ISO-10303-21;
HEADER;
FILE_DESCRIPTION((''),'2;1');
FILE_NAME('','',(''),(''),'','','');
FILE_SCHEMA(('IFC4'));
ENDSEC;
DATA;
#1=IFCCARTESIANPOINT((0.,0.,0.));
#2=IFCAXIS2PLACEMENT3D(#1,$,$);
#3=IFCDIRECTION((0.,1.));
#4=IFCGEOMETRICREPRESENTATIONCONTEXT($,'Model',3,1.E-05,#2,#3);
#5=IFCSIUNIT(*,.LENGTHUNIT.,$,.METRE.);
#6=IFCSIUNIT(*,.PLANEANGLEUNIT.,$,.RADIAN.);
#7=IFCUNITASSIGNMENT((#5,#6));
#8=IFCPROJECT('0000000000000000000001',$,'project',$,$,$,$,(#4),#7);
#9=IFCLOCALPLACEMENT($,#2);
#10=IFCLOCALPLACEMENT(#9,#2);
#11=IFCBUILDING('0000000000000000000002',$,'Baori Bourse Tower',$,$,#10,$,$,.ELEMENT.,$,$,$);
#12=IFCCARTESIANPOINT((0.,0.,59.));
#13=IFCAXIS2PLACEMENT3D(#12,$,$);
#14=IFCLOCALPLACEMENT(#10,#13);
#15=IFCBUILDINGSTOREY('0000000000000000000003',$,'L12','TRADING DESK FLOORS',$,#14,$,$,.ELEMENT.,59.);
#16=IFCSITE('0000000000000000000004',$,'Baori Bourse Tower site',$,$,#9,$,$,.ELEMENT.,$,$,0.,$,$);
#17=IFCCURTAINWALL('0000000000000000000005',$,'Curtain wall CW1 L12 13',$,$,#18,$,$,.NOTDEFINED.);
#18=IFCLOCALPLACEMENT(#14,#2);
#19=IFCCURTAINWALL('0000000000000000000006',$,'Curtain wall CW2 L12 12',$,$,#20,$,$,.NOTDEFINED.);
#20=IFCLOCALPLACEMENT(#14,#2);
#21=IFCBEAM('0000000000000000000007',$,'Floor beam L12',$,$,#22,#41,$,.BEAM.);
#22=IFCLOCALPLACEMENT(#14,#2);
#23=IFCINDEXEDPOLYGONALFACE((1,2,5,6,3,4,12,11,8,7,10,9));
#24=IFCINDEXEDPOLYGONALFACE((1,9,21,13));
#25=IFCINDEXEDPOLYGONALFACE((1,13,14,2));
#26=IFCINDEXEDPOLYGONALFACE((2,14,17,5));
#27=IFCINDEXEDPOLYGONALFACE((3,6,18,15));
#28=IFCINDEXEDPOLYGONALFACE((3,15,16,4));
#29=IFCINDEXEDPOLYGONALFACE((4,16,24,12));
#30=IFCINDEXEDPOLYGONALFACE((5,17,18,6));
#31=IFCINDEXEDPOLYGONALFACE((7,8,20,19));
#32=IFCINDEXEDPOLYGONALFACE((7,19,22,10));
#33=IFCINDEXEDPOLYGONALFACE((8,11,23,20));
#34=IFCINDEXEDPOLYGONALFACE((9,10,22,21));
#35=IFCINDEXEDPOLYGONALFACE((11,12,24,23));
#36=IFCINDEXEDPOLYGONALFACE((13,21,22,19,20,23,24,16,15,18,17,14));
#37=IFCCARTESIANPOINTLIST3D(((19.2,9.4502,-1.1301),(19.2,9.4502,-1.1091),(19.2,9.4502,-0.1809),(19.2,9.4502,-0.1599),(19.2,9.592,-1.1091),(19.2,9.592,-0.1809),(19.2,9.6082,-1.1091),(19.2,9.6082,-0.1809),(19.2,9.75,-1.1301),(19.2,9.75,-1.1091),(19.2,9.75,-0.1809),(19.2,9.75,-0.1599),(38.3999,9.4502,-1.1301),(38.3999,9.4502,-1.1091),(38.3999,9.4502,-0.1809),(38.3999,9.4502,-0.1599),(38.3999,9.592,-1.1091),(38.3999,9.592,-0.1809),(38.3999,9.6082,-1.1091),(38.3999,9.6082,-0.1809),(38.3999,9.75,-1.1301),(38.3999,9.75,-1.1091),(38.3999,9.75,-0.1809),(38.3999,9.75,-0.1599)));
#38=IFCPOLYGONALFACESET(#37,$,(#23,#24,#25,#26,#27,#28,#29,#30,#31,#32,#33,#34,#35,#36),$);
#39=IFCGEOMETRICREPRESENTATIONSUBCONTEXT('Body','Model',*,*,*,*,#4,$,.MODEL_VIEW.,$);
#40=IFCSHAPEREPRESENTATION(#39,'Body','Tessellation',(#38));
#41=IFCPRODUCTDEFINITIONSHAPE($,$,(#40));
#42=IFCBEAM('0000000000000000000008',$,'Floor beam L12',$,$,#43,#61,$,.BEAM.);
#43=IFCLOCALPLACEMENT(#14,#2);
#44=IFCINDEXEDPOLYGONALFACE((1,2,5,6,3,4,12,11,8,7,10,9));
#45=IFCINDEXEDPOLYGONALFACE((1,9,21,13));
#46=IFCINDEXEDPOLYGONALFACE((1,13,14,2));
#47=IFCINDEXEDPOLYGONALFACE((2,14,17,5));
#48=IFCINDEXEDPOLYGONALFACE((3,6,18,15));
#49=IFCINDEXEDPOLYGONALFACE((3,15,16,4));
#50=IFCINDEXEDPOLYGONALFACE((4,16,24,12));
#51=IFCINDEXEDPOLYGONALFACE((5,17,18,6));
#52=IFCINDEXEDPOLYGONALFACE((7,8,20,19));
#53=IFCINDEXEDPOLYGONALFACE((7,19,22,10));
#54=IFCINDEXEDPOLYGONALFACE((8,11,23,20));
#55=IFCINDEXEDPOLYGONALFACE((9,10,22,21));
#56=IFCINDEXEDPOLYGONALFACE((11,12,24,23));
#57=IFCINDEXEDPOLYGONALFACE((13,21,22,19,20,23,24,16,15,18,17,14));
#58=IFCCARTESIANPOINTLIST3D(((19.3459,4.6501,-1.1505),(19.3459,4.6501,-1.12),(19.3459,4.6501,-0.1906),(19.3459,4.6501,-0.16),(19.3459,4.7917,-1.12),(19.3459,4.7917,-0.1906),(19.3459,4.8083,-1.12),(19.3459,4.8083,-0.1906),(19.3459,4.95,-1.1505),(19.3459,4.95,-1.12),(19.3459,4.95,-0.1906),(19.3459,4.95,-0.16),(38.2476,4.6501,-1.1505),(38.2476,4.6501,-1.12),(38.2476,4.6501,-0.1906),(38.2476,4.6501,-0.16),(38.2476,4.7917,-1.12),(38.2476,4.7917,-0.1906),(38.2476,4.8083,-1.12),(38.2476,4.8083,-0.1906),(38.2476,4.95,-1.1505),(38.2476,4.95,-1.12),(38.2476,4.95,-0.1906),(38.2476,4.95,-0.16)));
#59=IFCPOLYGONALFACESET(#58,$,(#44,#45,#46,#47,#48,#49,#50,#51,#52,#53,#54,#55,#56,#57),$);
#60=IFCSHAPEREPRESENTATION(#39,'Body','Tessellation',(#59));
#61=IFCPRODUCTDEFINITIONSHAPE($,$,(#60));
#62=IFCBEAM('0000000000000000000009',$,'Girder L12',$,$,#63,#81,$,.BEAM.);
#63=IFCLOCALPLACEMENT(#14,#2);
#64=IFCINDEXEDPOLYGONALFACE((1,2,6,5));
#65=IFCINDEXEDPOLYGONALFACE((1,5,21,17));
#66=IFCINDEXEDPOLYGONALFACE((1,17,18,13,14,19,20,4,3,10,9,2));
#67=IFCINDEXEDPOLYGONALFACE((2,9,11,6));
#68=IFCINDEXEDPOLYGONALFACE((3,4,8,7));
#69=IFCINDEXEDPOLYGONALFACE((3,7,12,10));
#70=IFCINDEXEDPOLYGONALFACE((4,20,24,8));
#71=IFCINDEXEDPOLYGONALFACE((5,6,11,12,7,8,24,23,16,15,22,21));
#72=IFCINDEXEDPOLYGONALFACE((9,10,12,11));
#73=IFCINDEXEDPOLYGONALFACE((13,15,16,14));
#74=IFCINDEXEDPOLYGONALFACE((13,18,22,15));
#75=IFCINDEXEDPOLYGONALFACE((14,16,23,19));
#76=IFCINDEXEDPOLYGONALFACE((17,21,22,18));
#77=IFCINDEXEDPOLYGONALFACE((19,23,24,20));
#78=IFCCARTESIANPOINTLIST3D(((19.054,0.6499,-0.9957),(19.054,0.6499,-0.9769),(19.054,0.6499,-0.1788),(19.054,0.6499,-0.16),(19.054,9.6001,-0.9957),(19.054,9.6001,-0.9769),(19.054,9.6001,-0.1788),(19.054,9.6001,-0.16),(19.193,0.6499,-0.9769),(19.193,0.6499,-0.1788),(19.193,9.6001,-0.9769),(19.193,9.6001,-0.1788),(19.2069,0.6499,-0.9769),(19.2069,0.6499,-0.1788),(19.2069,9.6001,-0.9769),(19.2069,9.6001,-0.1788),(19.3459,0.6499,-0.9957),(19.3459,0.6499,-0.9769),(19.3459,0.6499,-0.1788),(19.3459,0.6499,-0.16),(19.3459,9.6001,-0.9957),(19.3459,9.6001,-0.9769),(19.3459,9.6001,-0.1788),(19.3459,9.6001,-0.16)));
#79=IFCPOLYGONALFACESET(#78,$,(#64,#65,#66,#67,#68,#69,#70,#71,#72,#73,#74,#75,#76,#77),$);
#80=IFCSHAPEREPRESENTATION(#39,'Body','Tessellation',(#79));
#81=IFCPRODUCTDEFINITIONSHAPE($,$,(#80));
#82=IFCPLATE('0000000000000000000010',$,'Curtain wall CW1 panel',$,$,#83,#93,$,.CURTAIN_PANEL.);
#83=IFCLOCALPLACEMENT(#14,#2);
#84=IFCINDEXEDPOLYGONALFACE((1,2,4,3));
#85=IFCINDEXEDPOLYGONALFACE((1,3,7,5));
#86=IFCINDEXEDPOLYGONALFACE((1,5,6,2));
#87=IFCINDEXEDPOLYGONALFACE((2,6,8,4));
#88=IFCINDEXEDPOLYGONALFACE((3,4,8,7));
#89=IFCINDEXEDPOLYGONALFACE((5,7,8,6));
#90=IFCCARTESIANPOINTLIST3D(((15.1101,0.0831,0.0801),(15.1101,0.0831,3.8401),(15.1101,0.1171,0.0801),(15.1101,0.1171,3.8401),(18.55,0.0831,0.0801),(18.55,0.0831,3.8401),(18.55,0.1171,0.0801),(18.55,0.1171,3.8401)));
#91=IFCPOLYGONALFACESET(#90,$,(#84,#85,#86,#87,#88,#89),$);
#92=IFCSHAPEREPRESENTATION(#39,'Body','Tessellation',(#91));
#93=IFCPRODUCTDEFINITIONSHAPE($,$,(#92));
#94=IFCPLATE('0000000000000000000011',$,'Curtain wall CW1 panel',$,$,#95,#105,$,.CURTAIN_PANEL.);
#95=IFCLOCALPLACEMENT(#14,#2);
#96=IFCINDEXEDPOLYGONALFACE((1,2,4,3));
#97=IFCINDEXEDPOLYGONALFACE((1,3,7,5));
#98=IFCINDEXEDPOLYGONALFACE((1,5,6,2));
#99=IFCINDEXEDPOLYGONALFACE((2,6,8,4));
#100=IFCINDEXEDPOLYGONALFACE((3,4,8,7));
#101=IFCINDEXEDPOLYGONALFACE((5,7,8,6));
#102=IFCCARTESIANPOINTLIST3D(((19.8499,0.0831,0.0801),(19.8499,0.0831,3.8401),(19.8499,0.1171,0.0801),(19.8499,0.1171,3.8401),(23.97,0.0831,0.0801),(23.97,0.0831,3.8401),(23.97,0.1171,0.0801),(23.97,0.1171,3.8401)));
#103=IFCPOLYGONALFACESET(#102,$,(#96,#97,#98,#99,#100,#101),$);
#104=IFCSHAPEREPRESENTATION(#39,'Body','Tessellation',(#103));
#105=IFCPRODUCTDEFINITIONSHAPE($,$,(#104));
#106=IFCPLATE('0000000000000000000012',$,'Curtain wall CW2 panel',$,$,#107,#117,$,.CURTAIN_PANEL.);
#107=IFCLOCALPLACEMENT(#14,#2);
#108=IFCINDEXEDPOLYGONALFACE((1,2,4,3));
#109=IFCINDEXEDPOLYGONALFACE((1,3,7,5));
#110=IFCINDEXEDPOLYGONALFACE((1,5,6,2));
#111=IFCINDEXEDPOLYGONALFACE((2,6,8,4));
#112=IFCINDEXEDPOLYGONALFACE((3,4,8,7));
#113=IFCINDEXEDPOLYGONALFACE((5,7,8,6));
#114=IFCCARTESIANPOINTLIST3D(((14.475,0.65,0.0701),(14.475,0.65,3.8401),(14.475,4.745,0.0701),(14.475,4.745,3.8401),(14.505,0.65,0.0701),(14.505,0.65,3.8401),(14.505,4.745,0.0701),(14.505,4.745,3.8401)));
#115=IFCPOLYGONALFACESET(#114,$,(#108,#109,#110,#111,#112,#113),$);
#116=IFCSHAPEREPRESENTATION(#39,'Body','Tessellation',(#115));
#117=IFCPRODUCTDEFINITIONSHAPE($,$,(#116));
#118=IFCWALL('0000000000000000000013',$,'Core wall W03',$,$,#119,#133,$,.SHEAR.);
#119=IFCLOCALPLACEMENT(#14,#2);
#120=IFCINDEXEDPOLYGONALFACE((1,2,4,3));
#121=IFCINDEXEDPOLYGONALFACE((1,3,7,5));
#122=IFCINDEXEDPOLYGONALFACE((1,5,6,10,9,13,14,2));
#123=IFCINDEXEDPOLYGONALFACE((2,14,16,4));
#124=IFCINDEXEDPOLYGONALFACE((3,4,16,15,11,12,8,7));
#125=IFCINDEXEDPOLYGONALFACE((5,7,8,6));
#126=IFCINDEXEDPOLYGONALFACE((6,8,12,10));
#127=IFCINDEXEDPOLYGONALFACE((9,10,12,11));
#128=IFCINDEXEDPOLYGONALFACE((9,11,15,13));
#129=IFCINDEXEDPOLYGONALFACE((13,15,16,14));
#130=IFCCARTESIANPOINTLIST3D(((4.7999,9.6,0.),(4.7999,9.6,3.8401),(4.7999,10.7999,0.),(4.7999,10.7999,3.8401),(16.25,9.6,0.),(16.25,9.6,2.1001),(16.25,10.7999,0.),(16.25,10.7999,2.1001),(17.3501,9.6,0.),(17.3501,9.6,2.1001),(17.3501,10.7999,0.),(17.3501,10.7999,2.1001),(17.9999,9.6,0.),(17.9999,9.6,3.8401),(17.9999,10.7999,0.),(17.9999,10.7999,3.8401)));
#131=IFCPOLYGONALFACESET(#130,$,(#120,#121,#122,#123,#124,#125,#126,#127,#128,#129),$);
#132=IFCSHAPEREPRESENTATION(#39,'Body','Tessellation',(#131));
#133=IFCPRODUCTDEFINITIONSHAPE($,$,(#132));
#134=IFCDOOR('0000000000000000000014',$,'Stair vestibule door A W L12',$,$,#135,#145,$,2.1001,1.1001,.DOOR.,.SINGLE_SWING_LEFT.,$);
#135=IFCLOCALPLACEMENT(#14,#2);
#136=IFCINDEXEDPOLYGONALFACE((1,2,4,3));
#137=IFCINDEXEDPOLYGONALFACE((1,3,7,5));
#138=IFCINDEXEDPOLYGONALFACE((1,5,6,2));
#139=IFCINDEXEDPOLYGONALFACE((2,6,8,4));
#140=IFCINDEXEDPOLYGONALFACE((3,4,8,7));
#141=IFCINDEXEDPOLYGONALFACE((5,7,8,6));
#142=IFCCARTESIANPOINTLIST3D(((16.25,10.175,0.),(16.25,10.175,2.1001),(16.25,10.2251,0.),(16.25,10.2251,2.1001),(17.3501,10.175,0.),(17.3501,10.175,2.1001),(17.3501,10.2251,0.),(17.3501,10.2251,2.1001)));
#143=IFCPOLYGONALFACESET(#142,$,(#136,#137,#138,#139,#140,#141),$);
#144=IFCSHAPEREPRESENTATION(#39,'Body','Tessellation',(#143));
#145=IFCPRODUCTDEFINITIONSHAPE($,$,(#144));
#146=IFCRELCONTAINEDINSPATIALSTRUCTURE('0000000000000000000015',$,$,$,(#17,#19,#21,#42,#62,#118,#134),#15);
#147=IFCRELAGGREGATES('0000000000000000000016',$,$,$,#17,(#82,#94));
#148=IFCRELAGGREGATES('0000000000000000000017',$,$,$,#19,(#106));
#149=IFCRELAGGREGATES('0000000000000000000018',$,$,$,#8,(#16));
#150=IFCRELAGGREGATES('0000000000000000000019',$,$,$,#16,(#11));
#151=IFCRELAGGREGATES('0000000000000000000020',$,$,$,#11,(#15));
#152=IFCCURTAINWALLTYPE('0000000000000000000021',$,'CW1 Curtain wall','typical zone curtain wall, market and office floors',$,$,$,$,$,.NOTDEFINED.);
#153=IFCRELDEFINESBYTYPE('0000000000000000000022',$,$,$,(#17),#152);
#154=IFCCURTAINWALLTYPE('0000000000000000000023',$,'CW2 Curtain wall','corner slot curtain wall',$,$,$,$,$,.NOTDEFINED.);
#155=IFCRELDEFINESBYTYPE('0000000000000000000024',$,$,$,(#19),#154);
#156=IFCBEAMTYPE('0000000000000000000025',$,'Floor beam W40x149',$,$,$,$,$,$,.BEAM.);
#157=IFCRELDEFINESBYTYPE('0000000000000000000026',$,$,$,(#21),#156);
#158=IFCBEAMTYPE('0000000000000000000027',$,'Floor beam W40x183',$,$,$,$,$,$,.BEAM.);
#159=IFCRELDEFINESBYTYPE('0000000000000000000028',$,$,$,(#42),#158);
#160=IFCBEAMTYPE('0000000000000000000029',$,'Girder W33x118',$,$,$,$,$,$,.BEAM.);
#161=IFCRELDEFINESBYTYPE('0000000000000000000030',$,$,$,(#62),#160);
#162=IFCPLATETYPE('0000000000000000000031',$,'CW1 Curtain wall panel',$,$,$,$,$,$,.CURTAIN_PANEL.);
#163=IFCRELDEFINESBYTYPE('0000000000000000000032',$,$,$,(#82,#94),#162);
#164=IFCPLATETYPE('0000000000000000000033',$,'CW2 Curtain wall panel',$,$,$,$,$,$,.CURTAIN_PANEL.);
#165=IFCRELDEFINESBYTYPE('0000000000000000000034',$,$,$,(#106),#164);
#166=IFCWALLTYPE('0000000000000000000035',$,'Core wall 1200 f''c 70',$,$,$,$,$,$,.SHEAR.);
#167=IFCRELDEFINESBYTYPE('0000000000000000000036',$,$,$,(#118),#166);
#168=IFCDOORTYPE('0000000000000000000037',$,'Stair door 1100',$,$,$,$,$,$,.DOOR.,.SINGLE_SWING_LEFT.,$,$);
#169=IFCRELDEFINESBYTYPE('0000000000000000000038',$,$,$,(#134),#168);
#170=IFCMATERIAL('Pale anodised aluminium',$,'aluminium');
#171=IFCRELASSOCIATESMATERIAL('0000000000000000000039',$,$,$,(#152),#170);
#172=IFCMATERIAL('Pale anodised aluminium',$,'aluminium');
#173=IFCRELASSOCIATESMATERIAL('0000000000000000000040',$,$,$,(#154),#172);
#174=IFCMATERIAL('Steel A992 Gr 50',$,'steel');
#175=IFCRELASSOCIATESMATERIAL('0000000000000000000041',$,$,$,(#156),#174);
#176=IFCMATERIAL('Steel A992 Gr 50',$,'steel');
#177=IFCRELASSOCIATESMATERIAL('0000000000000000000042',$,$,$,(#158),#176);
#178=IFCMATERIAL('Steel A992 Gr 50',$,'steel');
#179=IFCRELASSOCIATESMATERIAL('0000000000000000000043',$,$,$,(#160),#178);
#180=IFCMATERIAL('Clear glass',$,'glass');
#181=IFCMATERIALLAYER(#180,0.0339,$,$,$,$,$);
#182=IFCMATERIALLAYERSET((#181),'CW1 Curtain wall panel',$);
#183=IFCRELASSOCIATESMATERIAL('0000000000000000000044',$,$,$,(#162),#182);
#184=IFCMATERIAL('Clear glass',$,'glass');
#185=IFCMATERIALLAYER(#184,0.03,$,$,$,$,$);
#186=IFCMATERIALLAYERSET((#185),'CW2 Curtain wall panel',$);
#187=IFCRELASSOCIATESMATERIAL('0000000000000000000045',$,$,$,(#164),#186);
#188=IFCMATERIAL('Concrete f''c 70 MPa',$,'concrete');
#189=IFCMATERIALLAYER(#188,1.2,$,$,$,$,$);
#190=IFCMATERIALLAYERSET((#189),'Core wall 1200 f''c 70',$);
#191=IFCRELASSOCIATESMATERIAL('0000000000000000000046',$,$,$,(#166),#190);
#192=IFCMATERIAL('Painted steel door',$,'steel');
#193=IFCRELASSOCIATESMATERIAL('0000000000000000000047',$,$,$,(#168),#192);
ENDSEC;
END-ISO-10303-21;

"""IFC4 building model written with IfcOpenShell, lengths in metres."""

from ifc_helpers import new_model, si_unit, direction, frame, frame_2d, origin, origin_2d, place, context, subcontext, project, spatial, rectangle, i_section, extrude, material, layer, layer_set, material_profile, profile_set, type_object, element, fill, aggregate, save


model = new_model("IFC4")

# Units and contexts
model_context = context("Model", 3, precision=1e-05, world=origin(), true_north=direction((0.0, 1.0)))
body_context = subcontext(model_context, "Body", "Model", "MODEL_VIEW")
ifc_project = project(units=[si_unit("LENGTHUNIT", "METRE"), si_unit("PLANEANGLEUNIT", "RADIAN")], contexts=[model_context])

# Site, building, storey
site_placement = place(None, origin())
site = spatial("IfcSite", under=ifc_project, at=site_placement, Name="Baori Bourse Tower site", CompositionType="ELEMENT", RefElevation=0.0)
building_placement = place(site_placement, origin())
building = spatial("IfcBuilding", under=site, at=building_placement, Name="Baori Bourse Tower", CompositionType="ELEMENT")
storey_placement = place(building_placement, frame((0.0, 0.0, 59.0)))
storey = spatial("IfcBuildingStorey", under=building, at=storey_placement, Name="L12", Description="TRADING DESK FLOORS", CompositionType="ELEMENT", Elevation=59.0)

# Curtain walls
ifc_material_1 = material(Name="Pale anodised aluminium", Category="aluminium")
curtain_wall_type_1 = type_object("IfcCurtainWallType", Name="CW1 Curtain wall", Description="typical zone curtain wall, market and office floors", PredefinedType="NOTDEFINED", material=ifc_material_1)
curtain_wall_1_placement = place(storey_placement, origin())
curtain_wall_1 = element("IfcCurtainWall", 1, at=curtain_wall_1_placement, inside=storey, type_object=curtain_wall_type_1, Name="Curtain wall CW1 L12 13", PredefinedType="NOTDEFINED")
ifc_material_2 = material(Name="Pale anodised aluminium", Category="aluminium")
curtain_wall_type_2 = type_object("IfcCurtainWallType", Name="CW2 Curtain wall", Description="corner slot curtain wall", PredefinedType="NOTDEFINED", material=ifc_material_2)
curtain_wall_2_placement = place(storey_placement, origin())
curtain_wall_2 = element("IfcCurtainWall", 2, at=curtain_wall_2_placement, inside=storey, type_object=curtain_wall_type_2, Name="Curtain wall CW2 L12 12", PredefinedType="NOTDEFINED")

# Beams
ifc_material_3 = material(Name="Steel A992 Gr 50", Category="steel")
ifc_material_profile_1 = material_profile(ifc_material_3, i_section(OverallWidth=0.2998, OverallDepth=0.9702, WebThickness=0.0161, FlangeThickness=0.021, at=origin_2d()), Name="W40x149")
ifc_profile_set_1 = profile_set([ifc_material_profile_1], Name="Steel A992 Gr 50")
beam_type_1 = type_object("IfcBeamType", Name="Floor beam W40x149", PredefinedType="BEAM", material=ifc_profile_set_1)
beam_1_placement = place(storey_placement, frame((19.2, 9.6001, -0.645), z_axis=(1.0, 0.0, 0.0), x_axis=(0.0, 1.0, 0.0)))
element("IfcBeam", 3, at=beam_1_placement, inside=storey, type_object=beam_type_1, Name="Floor beam L12", PredefinedType="BEAM", context=body_context, shape_type="SweptSolid", body=[
    extrude(i_section(OverallWidth=0.2998, OverallDepth=0.9702, WebThickness=0.0161, FlangeThickness=0.021, at=origin_2d()), origin(), (0.0, 0.0, 1.0), 19.2),
])
ifc_material_4 = material(Name="Steel A992 Gr 50", Category="steel")
ifc_material_profile_2 = material_profile(ifc_material_4, i_section(OverallWidth=0.2998, OverallDepth=0.9905, WebThickness=0.0166, FlangeThickness=0.0305, at=origin_2d()), Name="W40x183")
ifc_profile_set_2 = profile_set([ifc_material_profile_2], Name="Steel A992 Gr 50")
beam_type_2 = type_object("IfcBeamType", Name="Floor beam W40x183", PredefinedType="BEAM", material=ifc_profile_set_2)
beam_2_placement = place(storey_placement, frame((19.3459, 4.8, -0.6553), z_axis=(1.0, 0.0, 0.0), x_axis=(0.0, 1.0, 0.0)))
element("IfcBeam", 4, at=beam_2_placement, inside=storey, type_object=beam_type_2, Name="Floor beam L12", PredefinedType="BEAM", context=body_context, shape_type="SweptSolid", body=[
    extrude(i_section(OverallWidth=0.2998, OverallDepth=0.9905, WebThickness=0.0166, FlangeThickness=0.0305, at=origin_2d()), origin(), (0.0, 0.0, 1.0), 18.9016),
])
ifc_material_5 = material(Name="Steel A992 Gr 50", Category="steel")
ifc_material_profile_3 = material_profile(ifc_material_5, i_section(OverallWidth=0.292, OverallDepth=0.8357, WebThickness=0.0139, FlangeThickness=0.0188, at=origin_2d()), Name="W33x118")
ifc_profile_set_3 = profile_set([ifc_material_profile_3], Name="Steel A992 Gr 50")
beam_type_3 = type_object("IfcBeamType", Name="Girder W33x118", PredefinedType="BEAM", material=ifc_profile_set_3)
beam_3_placement = place(storey_placement, frame((19.2, 0.6499, -0.5779), z_axis=(0.0, 1.0, 0.0), x_axis=(-1.0, 0.0, 0.0)))
element("IfcBeam", 5, at=beam_3_placement, inside=storey, type_object=beam_type_3, Name="Girder L12", PredefinedType="BEAM", context=body_context, shape_type="SweptSolid", body=[
    extrude(i_section(OverallWidth=0.292, OverallDepth=0.8357, WebThickness=0.0139, FlangeThickness=0.0188, at=origin_2d()), origin(), (0.0, 0.0, 1.0), 8.9502),
])

# Plates
ifc_material_6 = material(Name="Clear glass", Category="glass")
ifc_layer_1 = layer(ifc_material_6, 0.0339)
ifc_layer_set_1 = layer_set([ifc_layer_1], Name="CW1 Curtain wall panel")
plate_type_1 = type_object("IfcPlateType", Name="CW1 Curtain wall panel", PredefinedType="CURTAIN_PANEL", material=ifc_layer_set_1)
plate_1_placement = place(storey_placement, frame((16.8301, 0.1001, 0.0801), z_axis=(0.0, 0.0, 1.0), x_axis=(1.0, 0.0, 0.0)))
plate_1 = element("IfcPlate", 6, at=plate_1_placement, type_object=plate_type_1, Name="Curtain wall CW1 panel", PredefinedType="CURTAIN_PANEL", context=body_context, shape_type="SweptSolid", body=[
    extrude(rectangle(XDim=3.4399, YDim=0.0339, at=origin_2d()), origin(), (0.0, 0.0, 1.0), 3.76),
])
plate_2_placement = place(storey_placement, frame((21.9099, 0.1001, 0.0801), z_axis=(0.0, 0.0, 1.0), x_axis=(1.0, 0.0, 0.0)))
plate_2 = element("IfcPlate", 7, at=plate_2_placement, type_object=plate_type_1, Name="Curtain wall CW1 panel", PredefinedType="CURTAIN_PANEL", context=body_context, shape_type="SweptSolid", body=[
    extrude(rectangle(XDim=4.1201, YDim=0.0339, at=origin_2d()), origin(), (0.0, 0.0, 1.0), 3.76),
])
aggregate(curtain_wall_1, [plate_1, plate_2])
ifc_material_7 = material(Name="Clear glass", Category="glass")
ifc_layer_2 = layer(ifc_material_7, 0.03)
ifc_layer_set_2 = layer_set([ifc_layer_2], Name="CW2 Curtain wall panel")
plate_type_2 = type_object("IfcPlateType", Name="CW2 Curtain wall panel", PredefinedType="CURTAIN_PANEL", material=ifc_layer_set_2)
plate_3_placement = place(storey_placement, frame((14.49, 2.6975, 0.0701), z_axis=(0.0, 0.0, 1.0), x_axis=(0.0, -1.0, 0.0)))
plate_3 = element("IfcPlate", 8, at=plate_3_placement, type_object=plate_type_2, Name="Curtain wall CW2 panel", PredefinedType="CURTAIN_PANEL", context=body_context, shape_type="SweptSolid", body=[
    extrude(rectangle(XDim=4.095, YDim=0.03, at=origin_2d()), origin(), (0.0, 0.0, 1.0), 3.77),
])
aggregate(curtain_wall_2, [plate_3])

# Wall, opening, door
ifc_material_8 = material(Name="Concrete f'c 70 MPa", Category="concrete")
ifc_layer_3 = layer(ifc_material_8, 1.2)
ifc_layer_set_3 = layer_set([ifc_layer_3], Name="Core wall 1200 f'c 70")
wall_type_1 = type_object("IfcWallType", Name="Core wall 1200 f'c 70", PredefinedType="SHEAR", material=ifc_layer_set_3)
wall_1_placement = place(storey_placement, frame((18.0, 10.2, 0.0), z_axis=(0.0, 0.0, 1.0), x_axis=(-1.0, 0.0, 0.0)))
wall_1 = element("IfcWall", 9, at=wall_1_placement, inside=storey, type_object=wall_type_1, Name="Core wall W03", PredefinedType="SHEAR", context=body_context, shape_type="SweptSolid", body=[
    extrude(rectangle(XDim=13.2, YDim=1.2, at=frame_2d((6.6001, 0.0))), origin(), (0.0, 0.0, 1.0), 3.8401),
])
opening_1_placement = place(wall_1_placement, frame((0.6499, 0.0, 0.0)))
opening_1 = element("IfcOpeningElement", 10, at=opening_1_placement, cuts=wall_1, PredefinedType="OPENING", context=body_context, shape_type="SweptSolid", body=[
    extrude(rectangle(XDim=1.1001, YDim=2.1001, at=frame_2d((0.55, 1.05))), frame((0.0, 0.6099, 0.0), z_axis=(0.0, -1.0, 0.0), x_axis=(1.0, 0.0, 0.0)), (0.0, 0.0, 1.0), 1.22),
])
ifc_material_9 = material(Name="Painted steel door", Category="steel")
door_type_1 = type_object("IfcDoorType", Name="Stair door 1100", OperationType="SINGLE_SWING_LEFT", PredefinedType="DOOR", material=ifc_material_9)
door_1_placement = place(opening_1_placement, origin())
door_1 = element("IfcDoor", 11, at=door_1_placement, inside=storey, type_object=door_type_1, Name="Stair vestibule door A W L12", OperationType="SINGLE_SWING_LEFT", OverallHeight=2.1001, OverallWidth=1.1001, PredefinedType="DOOR", context=body_context, shape_type="SweptSolid", body=[
    extrude(rectangle(XDim=1.1001, YDim=2.1001, at=frame_2d((0.55, 1.05))), frame((0.0, 0.0249, 0.0), z_axis=(0.0, -1.0, 0.0), x_axis=(1.0, 0.0, 0.0)), (0.0, 0.0, 1.0), 0.05),
])
fill(opening_1, door_1)

save(model, "model.ifc")
